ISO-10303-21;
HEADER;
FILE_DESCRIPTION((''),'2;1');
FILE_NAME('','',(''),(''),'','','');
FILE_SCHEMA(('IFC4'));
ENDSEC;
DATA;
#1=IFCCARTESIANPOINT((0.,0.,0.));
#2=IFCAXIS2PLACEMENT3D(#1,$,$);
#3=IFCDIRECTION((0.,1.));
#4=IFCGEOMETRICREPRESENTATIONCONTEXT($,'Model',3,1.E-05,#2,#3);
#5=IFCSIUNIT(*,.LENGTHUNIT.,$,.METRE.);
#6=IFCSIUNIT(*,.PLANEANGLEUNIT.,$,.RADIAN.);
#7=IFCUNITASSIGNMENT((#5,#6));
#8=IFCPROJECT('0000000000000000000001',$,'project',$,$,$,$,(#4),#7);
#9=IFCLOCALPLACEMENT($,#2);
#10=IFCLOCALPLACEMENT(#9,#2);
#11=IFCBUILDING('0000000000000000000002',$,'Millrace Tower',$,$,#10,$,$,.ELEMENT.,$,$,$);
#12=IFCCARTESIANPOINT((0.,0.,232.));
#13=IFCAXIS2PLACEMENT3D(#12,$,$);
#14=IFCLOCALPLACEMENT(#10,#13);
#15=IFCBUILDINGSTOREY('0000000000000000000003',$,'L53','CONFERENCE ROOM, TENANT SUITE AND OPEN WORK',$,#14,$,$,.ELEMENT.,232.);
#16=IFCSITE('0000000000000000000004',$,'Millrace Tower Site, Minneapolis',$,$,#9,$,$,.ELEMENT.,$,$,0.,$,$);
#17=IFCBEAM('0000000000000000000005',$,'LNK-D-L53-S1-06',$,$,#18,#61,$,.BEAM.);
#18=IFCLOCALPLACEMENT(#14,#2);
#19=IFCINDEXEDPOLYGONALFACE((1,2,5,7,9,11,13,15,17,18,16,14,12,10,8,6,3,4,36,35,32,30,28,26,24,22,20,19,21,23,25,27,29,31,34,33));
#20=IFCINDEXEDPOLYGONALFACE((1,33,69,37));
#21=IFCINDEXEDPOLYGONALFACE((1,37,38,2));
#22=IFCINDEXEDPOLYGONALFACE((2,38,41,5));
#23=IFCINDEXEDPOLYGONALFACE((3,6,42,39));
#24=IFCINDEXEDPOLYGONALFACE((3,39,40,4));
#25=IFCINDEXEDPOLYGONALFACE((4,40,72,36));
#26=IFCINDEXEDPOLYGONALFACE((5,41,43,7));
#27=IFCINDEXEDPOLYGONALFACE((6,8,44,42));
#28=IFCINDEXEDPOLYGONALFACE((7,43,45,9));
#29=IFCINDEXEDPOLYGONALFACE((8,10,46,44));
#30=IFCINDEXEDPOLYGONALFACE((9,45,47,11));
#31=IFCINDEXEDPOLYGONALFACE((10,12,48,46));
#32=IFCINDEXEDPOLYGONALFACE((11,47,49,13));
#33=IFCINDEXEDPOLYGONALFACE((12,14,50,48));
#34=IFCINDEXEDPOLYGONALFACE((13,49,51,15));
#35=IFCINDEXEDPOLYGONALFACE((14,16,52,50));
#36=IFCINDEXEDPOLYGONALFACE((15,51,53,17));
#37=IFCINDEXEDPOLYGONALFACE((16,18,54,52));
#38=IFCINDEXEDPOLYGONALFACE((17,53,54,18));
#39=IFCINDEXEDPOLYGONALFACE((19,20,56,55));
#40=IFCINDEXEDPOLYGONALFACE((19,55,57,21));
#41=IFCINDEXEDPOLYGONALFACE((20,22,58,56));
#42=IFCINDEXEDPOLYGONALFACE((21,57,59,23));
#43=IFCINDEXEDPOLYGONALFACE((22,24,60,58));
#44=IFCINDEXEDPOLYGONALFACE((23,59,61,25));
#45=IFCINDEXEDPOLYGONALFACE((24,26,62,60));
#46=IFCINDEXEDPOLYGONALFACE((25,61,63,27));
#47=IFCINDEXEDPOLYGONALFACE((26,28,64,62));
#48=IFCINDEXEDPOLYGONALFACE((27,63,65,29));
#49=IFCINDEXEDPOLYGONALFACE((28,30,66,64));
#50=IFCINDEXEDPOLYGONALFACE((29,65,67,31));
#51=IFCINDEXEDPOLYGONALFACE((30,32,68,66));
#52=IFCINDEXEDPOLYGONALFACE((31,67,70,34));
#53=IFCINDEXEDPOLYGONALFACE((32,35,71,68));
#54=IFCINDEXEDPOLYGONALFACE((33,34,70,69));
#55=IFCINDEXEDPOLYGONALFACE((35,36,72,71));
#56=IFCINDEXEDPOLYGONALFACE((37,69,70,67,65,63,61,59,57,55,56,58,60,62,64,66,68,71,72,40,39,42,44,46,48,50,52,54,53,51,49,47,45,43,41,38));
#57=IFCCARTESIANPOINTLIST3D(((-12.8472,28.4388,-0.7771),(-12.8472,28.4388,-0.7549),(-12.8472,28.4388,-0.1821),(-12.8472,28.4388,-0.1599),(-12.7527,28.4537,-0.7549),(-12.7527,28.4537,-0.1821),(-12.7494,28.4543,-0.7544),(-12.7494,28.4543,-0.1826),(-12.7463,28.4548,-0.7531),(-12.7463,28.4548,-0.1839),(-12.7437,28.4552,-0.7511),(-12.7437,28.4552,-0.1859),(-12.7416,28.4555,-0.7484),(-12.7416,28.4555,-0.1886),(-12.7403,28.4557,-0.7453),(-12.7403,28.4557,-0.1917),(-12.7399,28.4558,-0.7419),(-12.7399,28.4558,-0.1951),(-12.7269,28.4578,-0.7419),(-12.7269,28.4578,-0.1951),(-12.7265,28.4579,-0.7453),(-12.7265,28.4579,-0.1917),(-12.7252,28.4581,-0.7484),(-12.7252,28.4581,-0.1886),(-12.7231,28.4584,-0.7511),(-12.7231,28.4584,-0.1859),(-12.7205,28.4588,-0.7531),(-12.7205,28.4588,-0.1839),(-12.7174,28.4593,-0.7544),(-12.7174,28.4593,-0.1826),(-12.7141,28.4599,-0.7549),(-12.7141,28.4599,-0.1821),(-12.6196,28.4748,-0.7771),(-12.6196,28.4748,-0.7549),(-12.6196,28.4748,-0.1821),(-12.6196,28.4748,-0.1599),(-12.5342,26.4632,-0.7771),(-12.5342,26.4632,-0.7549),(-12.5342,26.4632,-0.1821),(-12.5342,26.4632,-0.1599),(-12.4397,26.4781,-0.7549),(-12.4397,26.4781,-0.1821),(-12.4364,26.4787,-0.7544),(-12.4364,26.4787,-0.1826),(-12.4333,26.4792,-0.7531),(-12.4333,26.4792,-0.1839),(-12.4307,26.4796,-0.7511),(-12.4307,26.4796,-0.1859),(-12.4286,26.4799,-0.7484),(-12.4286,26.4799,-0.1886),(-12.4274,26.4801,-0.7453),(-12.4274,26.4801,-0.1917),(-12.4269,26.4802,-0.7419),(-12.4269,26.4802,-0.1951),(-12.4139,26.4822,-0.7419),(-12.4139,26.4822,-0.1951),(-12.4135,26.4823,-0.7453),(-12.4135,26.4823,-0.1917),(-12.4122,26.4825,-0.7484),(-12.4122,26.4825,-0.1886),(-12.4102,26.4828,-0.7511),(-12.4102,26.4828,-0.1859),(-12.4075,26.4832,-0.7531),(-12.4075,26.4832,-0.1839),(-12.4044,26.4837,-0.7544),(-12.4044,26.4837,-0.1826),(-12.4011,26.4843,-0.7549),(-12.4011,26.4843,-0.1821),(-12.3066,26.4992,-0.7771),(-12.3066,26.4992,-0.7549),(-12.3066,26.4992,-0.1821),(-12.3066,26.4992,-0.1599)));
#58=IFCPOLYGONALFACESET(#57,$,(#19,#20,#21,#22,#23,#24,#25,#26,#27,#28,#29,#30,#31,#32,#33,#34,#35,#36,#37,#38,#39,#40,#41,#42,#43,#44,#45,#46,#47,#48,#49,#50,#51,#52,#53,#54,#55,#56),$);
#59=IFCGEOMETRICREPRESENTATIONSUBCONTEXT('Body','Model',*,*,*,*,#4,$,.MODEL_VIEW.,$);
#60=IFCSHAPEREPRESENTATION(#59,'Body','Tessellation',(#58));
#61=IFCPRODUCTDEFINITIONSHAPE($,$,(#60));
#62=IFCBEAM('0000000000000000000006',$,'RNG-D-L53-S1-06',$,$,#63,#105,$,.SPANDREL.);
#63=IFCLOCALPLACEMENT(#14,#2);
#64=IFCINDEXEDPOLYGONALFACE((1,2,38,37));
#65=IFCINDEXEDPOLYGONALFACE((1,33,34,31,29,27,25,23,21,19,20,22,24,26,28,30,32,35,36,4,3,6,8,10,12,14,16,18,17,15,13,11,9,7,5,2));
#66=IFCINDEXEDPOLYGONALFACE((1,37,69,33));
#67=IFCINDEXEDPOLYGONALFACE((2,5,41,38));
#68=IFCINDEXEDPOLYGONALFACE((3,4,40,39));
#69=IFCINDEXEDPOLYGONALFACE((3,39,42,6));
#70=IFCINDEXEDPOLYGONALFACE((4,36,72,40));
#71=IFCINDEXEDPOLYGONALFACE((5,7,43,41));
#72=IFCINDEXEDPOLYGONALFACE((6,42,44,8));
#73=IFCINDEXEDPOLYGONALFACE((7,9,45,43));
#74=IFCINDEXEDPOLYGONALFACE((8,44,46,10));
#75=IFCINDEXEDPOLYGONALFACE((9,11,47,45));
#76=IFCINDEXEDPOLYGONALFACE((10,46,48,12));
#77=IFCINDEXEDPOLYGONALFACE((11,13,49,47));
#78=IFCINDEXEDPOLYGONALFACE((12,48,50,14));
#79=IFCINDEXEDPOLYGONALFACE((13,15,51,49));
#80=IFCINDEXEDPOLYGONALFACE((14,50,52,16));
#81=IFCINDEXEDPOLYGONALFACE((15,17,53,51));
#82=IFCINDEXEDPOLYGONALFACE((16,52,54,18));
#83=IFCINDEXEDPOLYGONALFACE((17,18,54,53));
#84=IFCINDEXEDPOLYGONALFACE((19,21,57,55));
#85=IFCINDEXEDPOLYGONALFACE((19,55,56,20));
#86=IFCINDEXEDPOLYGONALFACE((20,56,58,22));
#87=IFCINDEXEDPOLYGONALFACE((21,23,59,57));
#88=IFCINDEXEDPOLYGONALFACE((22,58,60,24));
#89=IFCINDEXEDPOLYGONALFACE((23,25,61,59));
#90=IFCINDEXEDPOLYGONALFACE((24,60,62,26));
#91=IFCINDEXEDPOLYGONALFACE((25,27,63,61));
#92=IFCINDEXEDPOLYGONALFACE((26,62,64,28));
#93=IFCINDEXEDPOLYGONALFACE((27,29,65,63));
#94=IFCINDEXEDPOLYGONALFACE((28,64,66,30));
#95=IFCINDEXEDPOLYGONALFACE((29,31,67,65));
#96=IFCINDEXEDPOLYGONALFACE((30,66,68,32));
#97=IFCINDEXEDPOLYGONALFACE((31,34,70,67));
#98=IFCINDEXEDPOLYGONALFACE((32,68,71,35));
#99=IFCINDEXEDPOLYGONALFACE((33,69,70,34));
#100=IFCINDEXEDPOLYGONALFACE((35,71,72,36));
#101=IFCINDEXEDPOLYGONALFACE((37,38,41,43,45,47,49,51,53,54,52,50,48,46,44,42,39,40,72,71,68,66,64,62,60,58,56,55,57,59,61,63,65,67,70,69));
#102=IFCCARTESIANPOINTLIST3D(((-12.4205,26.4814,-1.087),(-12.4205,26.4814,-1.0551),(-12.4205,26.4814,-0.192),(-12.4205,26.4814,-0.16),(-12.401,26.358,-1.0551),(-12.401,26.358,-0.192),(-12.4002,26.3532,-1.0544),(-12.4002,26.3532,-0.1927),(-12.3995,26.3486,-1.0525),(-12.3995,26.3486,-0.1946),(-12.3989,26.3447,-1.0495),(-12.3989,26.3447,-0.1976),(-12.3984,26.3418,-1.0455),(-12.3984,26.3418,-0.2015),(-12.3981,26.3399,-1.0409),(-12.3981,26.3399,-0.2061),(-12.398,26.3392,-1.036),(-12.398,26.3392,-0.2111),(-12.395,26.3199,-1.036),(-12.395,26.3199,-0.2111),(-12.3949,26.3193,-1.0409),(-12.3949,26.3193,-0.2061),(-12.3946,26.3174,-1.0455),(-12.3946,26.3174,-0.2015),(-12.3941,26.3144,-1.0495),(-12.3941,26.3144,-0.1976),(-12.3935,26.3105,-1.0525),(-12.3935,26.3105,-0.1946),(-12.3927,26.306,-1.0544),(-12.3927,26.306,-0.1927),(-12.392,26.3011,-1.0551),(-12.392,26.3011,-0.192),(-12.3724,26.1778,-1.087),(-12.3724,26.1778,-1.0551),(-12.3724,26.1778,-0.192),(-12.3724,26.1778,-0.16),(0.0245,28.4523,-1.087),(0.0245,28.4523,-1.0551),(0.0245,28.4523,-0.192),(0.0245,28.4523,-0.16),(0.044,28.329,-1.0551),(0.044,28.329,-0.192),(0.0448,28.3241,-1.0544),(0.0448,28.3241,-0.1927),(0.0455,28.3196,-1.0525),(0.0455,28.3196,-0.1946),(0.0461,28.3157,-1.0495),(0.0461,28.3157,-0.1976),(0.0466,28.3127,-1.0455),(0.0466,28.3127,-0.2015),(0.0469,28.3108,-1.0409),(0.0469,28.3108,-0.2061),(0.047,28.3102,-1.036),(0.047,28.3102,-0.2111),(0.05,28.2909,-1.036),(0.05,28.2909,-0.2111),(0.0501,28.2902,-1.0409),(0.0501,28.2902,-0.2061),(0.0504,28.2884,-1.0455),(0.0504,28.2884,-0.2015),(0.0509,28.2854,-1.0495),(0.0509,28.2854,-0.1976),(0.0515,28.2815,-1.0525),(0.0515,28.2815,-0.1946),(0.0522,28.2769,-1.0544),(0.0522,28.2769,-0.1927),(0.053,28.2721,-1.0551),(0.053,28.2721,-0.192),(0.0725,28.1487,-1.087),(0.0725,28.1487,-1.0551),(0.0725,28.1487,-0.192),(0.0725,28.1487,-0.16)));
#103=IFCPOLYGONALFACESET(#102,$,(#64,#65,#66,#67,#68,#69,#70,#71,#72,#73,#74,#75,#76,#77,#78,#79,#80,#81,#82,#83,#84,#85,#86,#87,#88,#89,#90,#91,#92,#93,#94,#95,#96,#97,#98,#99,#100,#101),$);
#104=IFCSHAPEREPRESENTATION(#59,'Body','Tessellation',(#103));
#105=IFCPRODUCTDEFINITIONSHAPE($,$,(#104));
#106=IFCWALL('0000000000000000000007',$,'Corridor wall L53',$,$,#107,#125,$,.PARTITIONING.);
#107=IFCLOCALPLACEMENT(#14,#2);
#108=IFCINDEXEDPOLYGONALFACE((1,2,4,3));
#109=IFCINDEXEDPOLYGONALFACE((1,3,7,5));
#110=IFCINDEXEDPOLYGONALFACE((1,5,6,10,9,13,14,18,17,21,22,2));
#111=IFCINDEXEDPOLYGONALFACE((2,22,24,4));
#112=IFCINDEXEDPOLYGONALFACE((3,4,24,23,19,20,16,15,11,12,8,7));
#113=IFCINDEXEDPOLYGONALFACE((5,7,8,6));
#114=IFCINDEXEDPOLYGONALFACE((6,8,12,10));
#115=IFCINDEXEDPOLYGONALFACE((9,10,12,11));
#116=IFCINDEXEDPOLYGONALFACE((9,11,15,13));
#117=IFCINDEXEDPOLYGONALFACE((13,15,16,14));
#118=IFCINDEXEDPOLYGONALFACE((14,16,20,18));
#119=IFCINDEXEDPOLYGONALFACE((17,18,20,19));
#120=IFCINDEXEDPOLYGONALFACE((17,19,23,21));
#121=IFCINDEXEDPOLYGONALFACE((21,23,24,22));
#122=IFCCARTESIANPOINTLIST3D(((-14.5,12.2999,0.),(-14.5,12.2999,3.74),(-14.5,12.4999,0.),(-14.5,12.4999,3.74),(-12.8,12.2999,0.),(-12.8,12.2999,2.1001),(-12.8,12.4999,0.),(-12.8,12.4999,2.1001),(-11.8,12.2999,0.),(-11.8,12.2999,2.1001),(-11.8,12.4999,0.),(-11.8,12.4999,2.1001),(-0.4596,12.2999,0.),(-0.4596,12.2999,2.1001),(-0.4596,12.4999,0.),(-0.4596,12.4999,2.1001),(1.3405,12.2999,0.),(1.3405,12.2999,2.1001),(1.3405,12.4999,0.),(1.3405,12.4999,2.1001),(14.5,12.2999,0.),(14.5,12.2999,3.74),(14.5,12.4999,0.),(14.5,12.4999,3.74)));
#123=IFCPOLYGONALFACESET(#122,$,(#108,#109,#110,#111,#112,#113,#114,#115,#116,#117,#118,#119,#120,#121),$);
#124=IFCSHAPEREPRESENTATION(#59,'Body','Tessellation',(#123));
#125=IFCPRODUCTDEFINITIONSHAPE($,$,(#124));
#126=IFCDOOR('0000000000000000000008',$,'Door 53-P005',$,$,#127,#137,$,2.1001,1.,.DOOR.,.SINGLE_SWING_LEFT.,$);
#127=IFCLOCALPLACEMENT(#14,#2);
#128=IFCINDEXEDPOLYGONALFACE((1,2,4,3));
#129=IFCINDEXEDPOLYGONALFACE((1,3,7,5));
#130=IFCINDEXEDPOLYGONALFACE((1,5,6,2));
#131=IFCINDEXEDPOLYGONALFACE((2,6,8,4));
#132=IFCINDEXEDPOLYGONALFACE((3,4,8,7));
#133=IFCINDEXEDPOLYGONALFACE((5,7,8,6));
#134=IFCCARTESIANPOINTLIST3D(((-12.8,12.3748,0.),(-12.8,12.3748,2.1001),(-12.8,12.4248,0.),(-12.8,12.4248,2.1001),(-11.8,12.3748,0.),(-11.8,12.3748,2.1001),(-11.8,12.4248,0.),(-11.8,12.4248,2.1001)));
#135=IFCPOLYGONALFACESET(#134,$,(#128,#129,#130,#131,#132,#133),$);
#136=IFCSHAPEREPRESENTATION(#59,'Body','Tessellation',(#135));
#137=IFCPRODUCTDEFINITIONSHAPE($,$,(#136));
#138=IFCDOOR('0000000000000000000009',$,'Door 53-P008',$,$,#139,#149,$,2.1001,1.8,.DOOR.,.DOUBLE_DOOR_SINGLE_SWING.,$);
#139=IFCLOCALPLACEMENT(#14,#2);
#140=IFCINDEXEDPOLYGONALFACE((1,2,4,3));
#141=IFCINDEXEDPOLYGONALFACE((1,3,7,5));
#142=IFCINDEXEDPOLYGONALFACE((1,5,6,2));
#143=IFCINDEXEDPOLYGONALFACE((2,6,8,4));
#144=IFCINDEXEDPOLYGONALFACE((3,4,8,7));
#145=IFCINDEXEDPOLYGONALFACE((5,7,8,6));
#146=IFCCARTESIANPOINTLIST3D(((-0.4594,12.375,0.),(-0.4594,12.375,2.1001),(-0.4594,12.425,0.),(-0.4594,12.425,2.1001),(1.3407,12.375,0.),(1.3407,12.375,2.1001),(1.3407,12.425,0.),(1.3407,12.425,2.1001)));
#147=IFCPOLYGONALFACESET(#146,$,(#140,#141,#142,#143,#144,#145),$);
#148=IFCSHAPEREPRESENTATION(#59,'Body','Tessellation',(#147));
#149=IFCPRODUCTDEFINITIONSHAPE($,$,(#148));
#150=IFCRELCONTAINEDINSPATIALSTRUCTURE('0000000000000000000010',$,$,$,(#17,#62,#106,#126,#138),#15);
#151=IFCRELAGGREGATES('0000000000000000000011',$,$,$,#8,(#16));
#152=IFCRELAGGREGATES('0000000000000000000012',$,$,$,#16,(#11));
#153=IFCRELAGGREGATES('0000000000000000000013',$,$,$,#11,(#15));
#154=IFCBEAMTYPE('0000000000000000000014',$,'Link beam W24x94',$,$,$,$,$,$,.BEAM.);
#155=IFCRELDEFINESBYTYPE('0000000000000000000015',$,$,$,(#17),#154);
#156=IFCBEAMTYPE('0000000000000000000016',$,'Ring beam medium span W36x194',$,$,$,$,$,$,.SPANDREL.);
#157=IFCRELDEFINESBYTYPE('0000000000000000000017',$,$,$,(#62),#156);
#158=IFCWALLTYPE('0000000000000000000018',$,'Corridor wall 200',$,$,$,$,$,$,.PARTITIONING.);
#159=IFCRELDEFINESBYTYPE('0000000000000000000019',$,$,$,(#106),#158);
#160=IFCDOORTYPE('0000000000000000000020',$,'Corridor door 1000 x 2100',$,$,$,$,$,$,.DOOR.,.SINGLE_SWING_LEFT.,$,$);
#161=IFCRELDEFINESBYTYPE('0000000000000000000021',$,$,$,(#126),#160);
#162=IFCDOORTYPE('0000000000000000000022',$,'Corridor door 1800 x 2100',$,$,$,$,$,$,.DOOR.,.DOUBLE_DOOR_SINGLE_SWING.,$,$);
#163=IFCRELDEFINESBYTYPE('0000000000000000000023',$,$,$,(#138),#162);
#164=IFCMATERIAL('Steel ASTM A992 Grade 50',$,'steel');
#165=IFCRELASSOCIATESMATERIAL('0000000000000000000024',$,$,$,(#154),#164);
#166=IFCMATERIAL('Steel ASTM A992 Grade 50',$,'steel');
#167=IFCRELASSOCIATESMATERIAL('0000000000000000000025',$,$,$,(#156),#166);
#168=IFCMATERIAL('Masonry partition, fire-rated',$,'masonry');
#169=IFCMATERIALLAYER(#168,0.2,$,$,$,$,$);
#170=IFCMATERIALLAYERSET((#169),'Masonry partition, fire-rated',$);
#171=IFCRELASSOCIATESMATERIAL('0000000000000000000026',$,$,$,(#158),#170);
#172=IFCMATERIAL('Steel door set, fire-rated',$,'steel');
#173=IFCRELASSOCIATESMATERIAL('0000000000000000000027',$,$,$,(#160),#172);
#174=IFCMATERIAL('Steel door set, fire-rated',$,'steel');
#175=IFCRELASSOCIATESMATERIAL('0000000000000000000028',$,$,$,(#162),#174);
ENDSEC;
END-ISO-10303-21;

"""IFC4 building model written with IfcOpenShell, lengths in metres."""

from ifc_helpers import new_model, si_unit, direction, frame, frame_2d, origin, origin_2d, place, context, subcontext, project, spatial, rectangle, i_section, extrude, material, layer, layer_set, material_profile, profile_set, type_object, element, fill, save


model = new_model("IFC4")

# Units and contexts
model_context = context("Model", 3, precision=1e-05, world=origin(), true_north=direction((0.0, 1.0)))
body_context = subcontext(model_context, "Body", "Model", "MODEL_VIEW")
ifc_project = project(units=[si_unit("LENGTHUNIT", "METRE"), si_unit("PLANEANGLEUNIT", "RADIAN")], contexts=[model_context])

# Site, building, storey
site_placement = place(None, origin())
site = spatial("IfcSite", under=ifc_project, at=site_placement, Name="Millrace Tower Site, Minneapolis", CompositionType="ELEMENT", RefElevation=0.0)
building_placement = place(site_placement, origin())
building = spatial("IfcBuilding", under=site, at=building_placement, Name="Millrace Tower", CompositionType="ELEMENT")
storey_placement = place(building_placement, frame((0.0, 0.0, 232.0)))
storey = spatial("IfcBuildingStorey", under=building, at=storey_placement, Name="L53", Description="CONFERENCE ROOM, TENANT SUITE AND OPEN WORK", CompositionType="ELEMENT", Elevation=232.0)

# Beams
ifc_material_1 = material(Name="Steel ASTM A992 Grade 50", Category="steel")
ifc_material_profile_1 = material_profile(ifc_material_1, i_section(OverallWidth=0.2305, OverallDepth=0.6172, WebThickness=0.0132, FlangeThickness=0.0222, FilletRadius=0.0129, at=origin_2d()))
ifc_profile_set_1 = profile_set([ifc_material_profile_1], Name="Steel ASTM A992 Grade 50")
beam_type_1 = type_object("IfcBeamType", Name="Link beam W24x94", PredefinedType="BEAM", material=ifc_profile_set_1)
beam_1_placement = place(storey_placement, frame((-12.4204, 26.4812, -0.4685), z_axis=(-0.156477, 0.987682, 0.0), x_axis=(-0.987682, -0.156477, 0.0)))
element("IfcBeam", 1, at=beam_1_placement, inside=storey, type_object=beam_type_1, Name="LNK-D-L53-S1-06", PredefinedType="BEAM", context=body_context, shape_type="SweptSolid", body=[
    extrude(i_section(OverallWidth=0.2305, OverallDepth=0.6172, WebThickness=0.0132, FlangeThickness=0.0222, FilletRadius=0.0129, at=origin_2d()), origin(), (0.0, 0.0, 1.0), 2.0002),
])
ifc_material_2 = material(Name="Steel ASTM A992 Grade 50", Category="steel")
ifc_material_profile_2 = material_profile(ifc_material_2, i_section(OverallWidth=0.3074, OverallDepth=0.927, WebThickness=0.0195, FlangeThickness=0.032, FilletRadius=0.019, at=origin_2d()))
ifc_profile_set_2 = profile_set([ifc_material_profile_2], Name="Steel ASTM A992 Grade 50")
beam_type_2 = type_object("IfcBeamType", Name="Ring beam medium span W36x194", PredefinedType="SPANDREL", material=ifc_profile_set_2)
beam_2_placement = place(storey_placement, frame((-12.3965, 26.3296, -0.6235), z_axis=(0.98769, 0.156422, 0.0), x_axis=(-0.156422, 0.98769, 0.0)))
element("IfcBeam", 2, at=beam_2_placement, inside=storey, type_object=beam_type_2, Name="RNG-D-L53-S1-06", PredefinedType="SPANDREL", context=body_context, shape_type="SweptSolid", body=[
    extrude(i_section(OverallWidth=0.3074, OverallDepth=0.927, WebThickness=0.0195, FlangeThickness=0.032, FilletRadius=0.019, at=origin_2d()), origin(), (0.0, 0.0, 1.0), 12.6001),
])

# Wall, openings, doors
ifc_material_3 = material(Name="Masonry partition, fire-rated", Category="masonry")
ifc_layer_1 = layer(ifc_material_3, 0.2)
ifc_layer_set_1 = layer_set([ifc_layer_1], Name="Masonry partition, fire-rated")
wall_type_1 = type_object("IfcWallType", Name="Corridor wall 200", PredefinedType="PARTITIONING", material=ifc_layer_set_1)
wall_1_placement = place(storey_placement, frame((-14.5, 12.3999, 0.0), z_axis=(0.0, 0.0, 1.0), x_axis=(1.0, 0.0, 0.0)))
wall_1 = element("IfcWall", 3, at=wall_1_placement, inside=storey, type_object=wall_type_1, Name="Corridor wall L53", PredefinedType="PARTITIONING", context=body_context, shape_type="SweptSolid", body=[
    extrude(rectangle(XDim=29.0, YDim=0.2, at=frame_2d((14.5, 0.0))), origin(), (0.0, 0.0, 1.0), 3.74),
])
opening_1_placement = place(wall_1_placement, frame((1.7, 0.0, 0.0)))
opening_1 = element("IfcOpeningElement", 4, at=opening_1_placement, cuts=wall_1, PredefinedType="OPENING", context=body_context, shape_type="SweptSolid", body=[
    extrude(rectangle(XDim=1.0, YDim=2.1001, at=frame_2d((0.5, 1.05))), frame((0.0, 0.1099, 0.0), z_axis=(0.0, -1.0, 0.0), x_axis=(1.0, 0.0, 0.0)), (0.0, 0.0, 1.0), 0.22),
])
opening_2_placement = place(wall_1_placement, frame((14.0405, 0.0, 0.0)))
opening_2 = element("IfcOpeningElement", 5, at=opening_2_placement, cuts=wall_1, PredefinedType="OPENING", context=body_context, shape_type="SweptSolid", body=[
    extrude(rectangle(XDim=1.8, YDim=2.1001, at=frame_2d((0.8999, 1.05))), frame((0.0, 0.1099, 0.0), z_axis=(0.0, -1.0, 0.0), x_axis=(1.0, 0.0, 0.0)), (0.0, 0.0, 1.0), 0.22),
])
ifc_material_4 = material(Name="Steel door set, fire-rated", Category="steel")
door_type_1 = type_object("IfcDoorType", Name="Corridor door 1000 x 2100", OperationType="SINGLE_SWING_LEFT", PredefinedType="DOOR", material=ifc_material_4)
door_1_placement = place(opening_1_placement, origin())
door_1 = element("IfcDoor", 6, at=door_1_placement, inside=storey, type_object=door_type_1, Name="Door 53-P005", OperationType="SINGLE_SWING_LEFT", OverallHeight=2.1001, OverallWidth=1.0, PredefinedType="DOOR", context=body_context, shape_type="SweptSolid", body=[
    extrude(rectangle(XDim=1.0, YDim=2.1001, at=frame_2d((0.5, 1.05))), frame((0.0, 0.0249, 0.0), z_axis=(0.0, -1.0, 0.0), x_axis=(1.0, 0.0, 0.0)), (0.0, 0.0, 1.0), 0.05),
])
fill(opening_1, door_1)
ifc_material_5 = material(Name="Steel door set, fire-rated", Category="steel")
door_type_2 = type_object("IfcDoorType", Name="Corridor door 1800 x 2100", OperationType="DOUBLE_DOOR_SINGLE_SWING", PredefinedType="DOOR", material=ifc_material_5)
door_2_placement = place(opening_2_placement, frame((1.8, 0.0, 0.0), z_axis=(0.0, 0.0, 1.0), x_axis=(-1.0, 0.0, 0.0)))
door_2 = element("IfcDoor", 7, at=door_2_placement, inside=storey, type_object=door_type_2, Name="Door 53-P008", OperationType="DOUBLE_DOOR_SINGLE_SWING", OverallHeight=2.1001, OverallWidth=1.8, PredefinedType="DOOR", context=body_context, shape_type="SweptSolid", body=[
    extrude(rectangle(XDim=1.8, YDim=2.1001, at=frame_2d((0.8999, 1.05))), frame((0.0, 0.0249, 0.0), z_axis=(0.0, -1.0, 0.0), x_axis=(1.0, 0.0, 0.0)), (0.0, 0.0, 1.0), 0.05),
])
fill(opening_2, door_2)

save(model, "model.ifc")
